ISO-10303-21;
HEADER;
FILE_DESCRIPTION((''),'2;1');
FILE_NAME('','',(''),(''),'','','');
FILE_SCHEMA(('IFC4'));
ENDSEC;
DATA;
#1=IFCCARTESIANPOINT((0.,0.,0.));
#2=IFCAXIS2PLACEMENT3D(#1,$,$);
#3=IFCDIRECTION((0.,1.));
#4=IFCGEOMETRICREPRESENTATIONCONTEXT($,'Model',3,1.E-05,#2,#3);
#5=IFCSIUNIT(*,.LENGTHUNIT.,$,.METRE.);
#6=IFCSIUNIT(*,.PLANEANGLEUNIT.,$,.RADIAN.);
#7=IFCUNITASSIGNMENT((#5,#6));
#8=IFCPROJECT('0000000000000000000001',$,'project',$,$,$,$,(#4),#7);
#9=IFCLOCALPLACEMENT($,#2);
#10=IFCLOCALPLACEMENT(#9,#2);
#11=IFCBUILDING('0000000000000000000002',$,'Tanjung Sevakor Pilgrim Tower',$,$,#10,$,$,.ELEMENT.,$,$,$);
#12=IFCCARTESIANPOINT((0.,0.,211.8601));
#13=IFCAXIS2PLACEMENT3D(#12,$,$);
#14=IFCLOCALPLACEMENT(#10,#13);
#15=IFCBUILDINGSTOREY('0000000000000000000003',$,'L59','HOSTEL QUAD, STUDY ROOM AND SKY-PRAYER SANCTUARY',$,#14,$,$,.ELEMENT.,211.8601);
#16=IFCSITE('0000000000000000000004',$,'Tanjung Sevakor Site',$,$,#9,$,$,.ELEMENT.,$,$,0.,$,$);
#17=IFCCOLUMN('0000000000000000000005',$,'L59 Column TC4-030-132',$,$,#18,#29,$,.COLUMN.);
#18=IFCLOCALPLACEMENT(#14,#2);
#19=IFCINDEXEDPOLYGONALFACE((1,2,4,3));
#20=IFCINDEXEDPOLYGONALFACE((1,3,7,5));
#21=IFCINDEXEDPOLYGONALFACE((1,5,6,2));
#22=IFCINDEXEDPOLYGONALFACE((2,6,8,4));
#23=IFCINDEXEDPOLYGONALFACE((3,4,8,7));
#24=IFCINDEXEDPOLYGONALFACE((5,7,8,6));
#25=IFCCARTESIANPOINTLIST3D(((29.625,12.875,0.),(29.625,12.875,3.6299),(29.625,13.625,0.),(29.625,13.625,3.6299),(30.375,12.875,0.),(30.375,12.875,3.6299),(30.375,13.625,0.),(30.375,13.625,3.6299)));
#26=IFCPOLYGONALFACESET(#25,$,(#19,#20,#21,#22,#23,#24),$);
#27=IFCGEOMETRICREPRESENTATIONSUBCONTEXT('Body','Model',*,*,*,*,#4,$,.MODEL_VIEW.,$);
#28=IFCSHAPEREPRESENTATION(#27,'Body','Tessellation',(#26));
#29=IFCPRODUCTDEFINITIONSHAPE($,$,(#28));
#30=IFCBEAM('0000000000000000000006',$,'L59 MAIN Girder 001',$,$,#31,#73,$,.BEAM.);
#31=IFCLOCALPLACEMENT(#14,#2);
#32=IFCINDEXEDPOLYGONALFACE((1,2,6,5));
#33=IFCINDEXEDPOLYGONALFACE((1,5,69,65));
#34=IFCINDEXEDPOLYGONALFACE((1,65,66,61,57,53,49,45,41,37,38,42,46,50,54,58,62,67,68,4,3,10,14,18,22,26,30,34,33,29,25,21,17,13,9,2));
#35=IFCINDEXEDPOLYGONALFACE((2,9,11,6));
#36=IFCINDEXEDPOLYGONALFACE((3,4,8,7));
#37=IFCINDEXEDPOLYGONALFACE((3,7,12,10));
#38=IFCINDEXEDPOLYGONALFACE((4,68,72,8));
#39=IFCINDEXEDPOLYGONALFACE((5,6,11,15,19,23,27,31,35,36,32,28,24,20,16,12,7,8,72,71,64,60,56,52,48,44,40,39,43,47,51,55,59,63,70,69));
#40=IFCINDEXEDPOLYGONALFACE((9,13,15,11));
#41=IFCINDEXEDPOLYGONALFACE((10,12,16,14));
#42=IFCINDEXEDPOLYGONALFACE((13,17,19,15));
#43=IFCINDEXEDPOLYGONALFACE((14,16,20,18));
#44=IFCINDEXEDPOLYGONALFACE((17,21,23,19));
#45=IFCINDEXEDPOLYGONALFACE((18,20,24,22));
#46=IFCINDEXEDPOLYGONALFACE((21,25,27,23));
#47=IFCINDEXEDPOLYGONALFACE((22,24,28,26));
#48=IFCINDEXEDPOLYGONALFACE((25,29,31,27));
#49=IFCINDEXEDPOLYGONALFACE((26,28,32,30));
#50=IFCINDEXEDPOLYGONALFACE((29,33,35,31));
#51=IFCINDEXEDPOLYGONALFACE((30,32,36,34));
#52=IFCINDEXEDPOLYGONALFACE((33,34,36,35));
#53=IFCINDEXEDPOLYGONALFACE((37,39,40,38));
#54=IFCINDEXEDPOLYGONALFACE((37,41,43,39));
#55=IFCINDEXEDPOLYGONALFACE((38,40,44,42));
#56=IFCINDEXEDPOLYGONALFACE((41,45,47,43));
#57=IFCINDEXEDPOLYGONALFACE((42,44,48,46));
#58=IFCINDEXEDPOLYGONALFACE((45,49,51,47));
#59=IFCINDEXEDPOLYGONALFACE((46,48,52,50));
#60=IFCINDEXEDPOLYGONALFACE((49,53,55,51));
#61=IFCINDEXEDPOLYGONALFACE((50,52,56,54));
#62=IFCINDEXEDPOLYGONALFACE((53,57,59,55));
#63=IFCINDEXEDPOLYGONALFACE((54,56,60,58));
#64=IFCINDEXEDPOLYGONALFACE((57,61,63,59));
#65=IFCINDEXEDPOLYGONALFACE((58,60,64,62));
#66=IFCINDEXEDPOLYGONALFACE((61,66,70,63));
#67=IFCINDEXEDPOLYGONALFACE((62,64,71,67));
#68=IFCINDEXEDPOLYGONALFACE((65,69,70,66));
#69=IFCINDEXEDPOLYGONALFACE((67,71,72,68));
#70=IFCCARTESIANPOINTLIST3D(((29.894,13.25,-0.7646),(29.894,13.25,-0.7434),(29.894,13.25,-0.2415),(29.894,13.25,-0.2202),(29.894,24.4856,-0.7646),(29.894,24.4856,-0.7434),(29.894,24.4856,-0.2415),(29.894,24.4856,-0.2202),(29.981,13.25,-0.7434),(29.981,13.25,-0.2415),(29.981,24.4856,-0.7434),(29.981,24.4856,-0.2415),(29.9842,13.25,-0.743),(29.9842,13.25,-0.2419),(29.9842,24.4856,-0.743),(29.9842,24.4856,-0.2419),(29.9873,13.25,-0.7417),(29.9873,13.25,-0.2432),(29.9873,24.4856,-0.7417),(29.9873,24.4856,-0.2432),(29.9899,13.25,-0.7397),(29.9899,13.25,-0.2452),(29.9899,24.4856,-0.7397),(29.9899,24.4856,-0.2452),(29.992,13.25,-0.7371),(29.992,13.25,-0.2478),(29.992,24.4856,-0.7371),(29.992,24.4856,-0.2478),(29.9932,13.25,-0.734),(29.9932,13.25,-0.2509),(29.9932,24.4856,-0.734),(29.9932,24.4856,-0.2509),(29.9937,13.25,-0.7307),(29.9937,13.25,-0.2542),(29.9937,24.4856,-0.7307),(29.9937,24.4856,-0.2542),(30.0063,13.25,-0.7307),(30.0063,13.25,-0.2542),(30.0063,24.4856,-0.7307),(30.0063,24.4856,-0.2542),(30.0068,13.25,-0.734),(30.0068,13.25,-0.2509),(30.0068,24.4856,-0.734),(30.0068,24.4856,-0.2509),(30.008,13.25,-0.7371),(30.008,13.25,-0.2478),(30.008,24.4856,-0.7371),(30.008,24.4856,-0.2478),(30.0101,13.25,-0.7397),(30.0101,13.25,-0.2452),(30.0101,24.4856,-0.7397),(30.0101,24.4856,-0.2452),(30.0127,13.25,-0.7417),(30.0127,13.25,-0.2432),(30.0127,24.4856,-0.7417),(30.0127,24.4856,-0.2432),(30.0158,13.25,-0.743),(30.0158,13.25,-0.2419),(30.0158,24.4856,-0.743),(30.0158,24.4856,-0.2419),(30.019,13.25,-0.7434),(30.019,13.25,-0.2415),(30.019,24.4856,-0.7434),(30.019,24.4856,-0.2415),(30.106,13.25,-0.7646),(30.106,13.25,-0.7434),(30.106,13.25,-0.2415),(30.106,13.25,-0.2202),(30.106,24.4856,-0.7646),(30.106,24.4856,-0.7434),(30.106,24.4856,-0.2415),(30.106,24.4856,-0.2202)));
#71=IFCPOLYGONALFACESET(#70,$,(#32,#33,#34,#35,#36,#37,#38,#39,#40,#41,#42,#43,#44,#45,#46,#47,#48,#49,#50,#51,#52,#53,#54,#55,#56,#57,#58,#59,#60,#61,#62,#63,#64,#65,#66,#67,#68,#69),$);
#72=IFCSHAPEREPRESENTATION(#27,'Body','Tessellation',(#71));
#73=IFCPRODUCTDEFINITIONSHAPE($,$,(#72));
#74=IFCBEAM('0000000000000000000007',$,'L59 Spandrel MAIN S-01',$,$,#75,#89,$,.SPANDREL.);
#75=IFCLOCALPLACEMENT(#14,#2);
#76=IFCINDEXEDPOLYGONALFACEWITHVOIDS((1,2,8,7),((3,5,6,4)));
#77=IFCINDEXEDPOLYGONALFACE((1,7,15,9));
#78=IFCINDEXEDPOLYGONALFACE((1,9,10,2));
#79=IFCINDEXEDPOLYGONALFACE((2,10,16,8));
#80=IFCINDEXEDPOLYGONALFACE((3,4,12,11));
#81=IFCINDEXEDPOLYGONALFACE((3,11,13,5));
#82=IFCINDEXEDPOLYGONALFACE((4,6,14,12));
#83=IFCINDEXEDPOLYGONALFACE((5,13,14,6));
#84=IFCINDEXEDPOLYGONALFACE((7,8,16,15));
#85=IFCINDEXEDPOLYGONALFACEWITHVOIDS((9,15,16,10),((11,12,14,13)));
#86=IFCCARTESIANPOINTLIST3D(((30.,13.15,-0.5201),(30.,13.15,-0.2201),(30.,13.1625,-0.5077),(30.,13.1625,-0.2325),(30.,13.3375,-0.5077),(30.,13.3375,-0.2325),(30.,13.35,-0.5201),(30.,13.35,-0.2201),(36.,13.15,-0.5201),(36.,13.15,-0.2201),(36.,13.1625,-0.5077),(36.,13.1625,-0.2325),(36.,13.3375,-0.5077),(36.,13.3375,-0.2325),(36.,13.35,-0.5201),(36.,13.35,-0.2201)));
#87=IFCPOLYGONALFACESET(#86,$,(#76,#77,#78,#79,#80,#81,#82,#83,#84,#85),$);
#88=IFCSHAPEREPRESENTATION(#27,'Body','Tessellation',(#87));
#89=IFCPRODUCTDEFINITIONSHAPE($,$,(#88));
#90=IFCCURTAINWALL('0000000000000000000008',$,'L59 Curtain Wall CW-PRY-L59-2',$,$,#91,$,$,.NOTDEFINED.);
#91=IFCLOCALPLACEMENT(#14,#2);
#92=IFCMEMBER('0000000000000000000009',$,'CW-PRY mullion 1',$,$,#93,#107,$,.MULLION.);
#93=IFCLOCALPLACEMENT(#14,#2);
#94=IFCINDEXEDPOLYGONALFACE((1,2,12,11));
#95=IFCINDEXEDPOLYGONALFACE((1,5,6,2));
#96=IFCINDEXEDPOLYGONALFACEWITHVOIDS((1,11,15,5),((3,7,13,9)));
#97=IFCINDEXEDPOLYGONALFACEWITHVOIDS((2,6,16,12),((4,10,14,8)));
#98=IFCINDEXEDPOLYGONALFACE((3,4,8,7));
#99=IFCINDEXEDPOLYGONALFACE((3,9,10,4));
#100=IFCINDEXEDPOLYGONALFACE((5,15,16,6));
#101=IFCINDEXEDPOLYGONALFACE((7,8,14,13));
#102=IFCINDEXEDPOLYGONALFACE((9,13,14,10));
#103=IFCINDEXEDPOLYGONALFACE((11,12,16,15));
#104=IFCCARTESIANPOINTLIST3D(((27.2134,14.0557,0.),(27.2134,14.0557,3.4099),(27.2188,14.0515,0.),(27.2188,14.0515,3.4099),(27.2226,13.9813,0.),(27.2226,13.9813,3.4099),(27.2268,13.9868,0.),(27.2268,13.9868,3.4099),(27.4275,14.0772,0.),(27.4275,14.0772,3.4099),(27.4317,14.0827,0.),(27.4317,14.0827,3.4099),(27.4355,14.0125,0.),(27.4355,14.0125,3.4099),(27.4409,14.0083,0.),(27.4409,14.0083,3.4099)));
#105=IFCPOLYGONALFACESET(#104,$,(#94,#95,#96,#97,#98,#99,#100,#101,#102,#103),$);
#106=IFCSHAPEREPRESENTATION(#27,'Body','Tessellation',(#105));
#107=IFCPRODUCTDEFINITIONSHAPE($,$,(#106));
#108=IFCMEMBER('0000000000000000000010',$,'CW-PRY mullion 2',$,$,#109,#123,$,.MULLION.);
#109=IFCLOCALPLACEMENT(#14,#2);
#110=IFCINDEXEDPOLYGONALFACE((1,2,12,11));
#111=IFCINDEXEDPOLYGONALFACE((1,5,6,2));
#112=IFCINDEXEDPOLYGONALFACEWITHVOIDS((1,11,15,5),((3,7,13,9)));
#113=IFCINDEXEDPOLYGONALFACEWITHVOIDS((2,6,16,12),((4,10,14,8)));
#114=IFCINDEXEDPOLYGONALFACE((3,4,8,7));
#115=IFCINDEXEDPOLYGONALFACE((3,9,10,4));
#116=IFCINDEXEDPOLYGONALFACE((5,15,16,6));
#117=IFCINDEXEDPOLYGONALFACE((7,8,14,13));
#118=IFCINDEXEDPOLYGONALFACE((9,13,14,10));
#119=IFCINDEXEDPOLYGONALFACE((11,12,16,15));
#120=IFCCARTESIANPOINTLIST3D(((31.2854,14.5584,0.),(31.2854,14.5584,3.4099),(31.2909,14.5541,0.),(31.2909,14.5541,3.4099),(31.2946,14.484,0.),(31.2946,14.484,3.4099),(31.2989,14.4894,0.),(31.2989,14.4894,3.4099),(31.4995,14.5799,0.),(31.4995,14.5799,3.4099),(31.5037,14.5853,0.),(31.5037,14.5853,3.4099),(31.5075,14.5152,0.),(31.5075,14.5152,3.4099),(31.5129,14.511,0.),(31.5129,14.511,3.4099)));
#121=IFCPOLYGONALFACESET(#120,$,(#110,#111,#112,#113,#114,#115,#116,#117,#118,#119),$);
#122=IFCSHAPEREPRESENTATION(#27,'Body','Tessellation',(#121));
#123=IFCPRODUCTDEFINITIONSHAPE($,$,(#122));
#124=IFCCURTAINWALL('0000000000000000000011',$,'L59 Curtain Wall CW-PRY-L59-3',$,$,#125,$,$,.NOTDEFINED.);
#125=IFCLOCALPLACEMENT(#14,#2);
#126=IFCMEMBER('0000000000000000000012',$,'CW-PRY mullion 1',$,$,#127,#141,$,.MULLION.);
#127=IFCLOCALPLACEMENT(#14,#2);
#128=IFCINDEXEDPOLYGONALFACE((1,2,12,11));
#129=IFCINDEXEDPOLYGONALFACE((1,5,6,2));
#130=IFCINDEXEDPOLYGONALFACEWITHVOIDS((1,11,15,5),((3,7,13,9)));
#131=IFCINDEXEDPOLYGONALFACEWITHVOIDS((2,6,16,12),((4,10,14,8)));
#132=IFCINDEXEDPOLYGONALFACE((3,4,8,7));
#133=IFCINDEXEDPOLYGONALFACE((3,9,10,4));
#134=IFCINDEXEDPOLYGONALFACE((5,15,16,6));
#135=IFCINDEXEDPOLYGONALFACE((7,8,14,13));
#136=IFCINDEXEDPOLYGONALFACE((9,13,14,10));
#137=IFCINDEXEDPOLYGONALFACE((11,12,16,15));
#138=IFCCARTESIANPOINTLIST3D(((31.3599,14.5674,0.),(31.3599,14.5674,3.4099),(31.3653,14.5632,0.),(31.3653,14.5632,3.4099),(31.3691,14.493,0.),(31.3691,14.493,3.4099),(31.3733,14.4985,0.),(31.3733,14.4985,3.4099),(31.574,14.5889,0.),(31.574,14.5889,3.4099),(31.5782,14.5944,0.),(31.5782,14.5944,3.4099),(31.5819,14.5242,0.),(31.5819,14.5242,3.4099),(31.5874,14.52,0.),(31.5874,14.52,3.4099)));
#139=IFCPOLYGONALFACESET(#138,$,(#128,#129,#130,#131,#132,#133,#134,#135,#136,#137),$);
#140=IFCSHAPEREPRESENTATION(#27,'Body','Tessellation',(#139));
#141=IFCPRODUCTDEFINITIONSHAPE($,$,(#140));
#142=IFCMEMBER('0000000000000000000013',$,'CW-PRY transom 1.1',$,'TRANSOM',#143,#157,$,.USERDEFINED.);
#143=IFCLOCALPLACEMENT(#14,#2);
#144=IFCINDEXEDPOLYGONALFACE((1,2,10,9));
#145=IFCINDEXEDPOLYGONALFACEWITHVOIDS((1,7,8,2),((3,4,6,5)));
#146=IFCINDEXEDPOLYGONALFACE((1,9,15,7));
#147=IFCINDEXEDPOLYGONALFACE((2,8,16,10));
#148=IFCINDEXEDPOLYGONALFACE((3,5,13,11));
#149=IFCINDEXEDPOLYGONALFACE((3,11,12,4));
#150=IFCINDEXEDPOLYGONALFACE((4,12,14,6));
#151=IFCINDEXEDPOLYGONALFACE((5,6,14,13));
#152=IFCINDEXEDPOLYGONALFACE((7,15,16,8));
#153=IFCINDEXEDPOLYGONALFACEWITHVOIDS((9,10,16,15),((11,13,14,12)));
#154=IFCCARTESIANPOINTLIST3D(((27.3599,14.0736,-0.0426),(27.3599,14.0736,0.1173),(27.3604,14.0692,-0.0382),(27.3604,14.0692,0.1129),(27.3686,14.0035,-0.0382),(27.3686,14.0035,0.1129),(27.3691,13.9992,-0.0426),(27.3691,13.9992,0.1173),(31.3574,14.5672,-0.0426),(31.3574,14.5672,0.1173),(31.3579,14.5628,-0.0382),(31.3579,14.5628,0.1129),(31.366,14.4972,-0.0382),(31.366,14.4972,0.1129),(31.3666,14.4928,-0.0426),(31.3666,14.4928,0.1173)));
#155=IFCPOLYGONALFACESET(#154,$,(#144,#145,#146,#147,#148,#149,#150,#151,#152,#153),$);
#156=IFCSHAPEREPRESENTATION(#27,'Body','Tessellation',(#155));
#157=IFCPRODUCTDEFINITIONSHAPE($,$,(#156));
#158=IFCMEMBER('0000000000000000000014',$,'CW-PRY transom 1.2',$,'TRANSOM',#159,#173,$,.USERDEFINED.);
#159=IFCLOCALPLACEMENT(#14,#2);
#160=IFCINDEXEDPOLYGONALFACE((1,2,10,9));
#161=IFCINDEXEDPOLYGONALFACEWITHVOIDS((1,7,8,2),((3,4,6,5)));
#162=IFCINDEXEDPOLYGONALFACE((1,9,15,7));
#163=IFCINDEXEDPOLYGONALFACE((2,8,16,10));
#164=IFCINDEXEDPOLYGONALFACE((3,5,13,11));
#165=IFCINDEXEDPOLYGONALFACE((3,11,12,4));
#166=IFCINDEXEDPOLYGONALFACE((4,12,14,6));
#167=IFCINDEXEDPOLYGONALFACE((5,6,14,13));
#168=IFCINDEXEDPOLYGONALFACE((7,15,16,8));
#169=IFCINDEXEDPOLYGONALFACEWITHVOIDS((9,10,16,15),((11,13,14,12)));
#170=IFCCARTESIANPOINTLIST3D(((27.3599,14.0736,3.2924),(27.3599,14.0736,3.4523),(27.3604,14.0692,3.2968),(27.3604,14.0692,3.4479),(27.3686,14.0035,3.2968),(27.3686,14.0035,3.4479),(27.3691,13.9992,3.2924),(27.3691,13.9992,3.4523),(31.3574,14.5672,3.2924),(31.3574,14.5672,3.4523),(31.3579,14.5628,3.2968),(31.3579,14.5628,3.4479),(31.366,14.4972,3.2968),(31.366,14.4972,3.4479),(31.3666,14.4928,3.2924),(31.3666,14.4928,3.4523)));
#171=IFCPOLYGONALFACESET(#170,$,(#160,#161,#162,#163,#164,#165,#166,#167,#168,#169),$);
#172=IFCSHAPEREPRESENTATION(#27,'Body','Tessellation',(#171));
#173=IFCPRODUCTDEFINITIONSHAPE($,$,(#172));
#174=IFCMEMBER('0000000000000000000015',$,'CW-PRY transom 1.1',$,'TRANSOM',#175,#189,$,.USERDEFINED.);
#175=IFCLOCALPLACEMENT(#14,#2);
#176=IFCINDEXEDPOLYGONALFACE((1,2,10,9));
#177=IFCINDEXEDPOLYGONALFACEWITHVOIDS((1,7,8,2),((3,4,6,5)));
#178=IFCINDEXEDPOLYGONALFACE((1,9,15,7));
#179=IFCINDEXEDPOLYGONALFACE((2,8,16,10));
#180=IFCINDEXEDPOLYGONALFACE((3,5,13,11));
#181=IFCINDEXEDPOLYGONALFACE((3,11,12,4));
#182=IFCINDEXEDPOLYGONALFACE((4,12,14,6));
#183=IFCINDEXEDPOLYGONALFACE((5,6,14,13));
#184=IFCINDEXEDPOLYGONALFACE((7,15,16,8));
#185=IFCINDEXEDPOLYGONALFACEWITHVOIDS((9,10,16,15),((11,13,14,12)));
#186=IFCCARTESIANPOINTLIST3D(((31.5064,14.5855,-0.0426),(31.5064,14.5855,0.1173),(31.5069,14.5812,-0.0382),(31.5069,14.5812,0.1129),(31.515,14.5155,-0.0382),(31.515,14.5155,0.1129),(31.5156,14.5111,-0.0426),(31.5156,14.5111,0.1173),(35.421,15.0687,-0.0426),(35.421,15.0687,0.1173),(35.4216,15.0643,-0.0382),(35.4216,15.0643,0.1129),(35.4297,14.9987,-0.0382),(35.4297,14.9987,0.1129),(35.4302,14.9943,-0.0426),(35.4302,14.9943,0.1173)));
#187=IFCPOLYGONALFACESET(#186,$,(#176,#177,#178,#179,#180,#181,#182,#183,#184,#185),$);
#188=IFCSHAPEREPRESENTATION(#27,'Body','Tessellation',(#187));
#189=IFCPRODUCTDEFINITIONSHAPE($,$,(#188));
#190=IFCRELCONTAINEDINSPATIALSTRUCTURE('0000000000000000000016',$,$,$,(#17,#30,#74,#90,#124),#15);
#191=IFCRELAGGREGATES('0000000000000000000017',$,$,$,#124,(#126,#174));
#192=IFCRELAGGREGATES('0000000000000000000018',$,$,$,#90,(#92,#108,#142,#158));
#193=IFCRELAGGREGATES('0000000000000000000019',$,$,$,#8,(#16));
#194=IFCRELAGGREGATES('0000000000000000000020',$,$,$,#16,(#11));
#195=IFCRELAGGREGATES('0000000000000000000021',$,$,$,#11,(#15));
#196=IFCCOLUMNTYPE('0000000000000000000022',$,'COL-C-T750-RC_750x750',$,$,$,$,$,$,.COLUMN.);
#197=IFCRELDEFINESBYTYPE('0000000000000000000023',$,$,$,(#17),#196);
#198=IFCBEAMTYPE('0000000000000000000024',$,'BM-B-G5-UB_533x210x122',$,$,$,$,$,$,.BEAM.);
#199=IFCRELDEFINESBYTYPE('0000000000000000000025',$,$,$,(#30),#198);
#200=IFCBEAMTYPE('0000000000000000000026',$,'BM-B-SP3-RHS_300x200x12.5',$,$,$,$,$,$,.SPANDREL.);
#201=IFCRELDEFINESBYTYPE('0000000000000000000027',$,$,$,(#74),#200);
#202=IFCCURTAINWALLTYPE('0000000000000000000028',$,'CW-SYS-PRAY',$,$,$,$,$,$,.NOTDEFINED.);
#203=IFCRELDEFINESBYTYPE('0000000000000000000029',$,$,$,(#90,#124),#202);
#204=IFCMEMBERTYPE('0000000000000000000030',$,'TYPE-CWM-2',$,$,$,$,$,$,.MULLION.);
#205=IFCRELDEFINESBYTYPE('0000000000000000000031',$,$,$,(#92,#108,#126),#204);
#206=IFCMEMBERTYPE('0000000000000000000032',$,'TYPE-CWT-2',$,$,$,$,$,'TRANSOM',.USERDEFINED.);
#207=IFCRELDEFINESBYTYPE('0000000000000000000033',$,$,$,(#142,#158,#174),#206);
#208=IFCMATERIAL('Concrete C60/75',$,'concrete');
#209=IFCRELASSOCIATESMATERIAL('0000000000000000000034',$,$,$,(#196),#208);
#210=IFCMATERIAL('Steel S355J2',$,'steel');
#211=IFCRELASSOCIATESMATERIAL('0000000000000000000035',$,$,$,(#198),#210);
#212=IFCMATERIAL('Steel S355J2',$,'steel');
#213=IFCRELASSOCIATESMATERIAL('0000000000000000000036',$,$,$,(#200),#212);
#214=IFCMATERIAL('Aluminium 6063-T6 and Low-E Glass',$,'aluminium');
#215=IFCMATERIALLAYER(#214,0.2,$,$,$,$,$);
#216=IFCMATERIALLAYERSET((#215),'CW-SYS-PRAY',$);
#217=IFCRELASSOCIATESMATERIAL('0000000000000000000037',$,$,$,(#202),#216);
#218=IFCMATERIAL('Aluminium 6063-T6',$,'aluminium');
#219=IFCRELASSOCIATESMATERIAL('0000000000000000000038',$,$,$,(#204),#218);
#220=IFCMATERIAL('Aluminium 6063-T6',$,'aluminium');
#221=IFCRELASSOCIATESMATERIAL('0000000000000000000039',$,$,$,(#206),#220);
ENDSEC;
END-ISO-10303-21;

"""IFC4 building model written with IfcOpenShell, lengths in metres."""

from ifc_helpers import new_model, si_unit, direction, frame, origin, origin_2d, place, context, subcontext, project, spatial, rectangle, hollow_rectangle, i_section, extrude, material, layer, layer_set, material_profile, profile_set, type_object, element, aggregate, save


model = new_model("IFC4")

# Units and contexts
model_context = context("Model", 3, precision=1e-05, world=origin(), true_north=direction((0.0, 1.0)))
body_context = subcontext(model_context, "Body", "Model", "MODEL_VIEW")
ifc_project = project(units=[si_unit("LENGTHUNIT", "METRE"), si_unit("PLANEANGLEUNIT", "RADIAN")], contexts=[model_context])

# Site, building, storey
site_placement = place(None, origin())
site = spatial("IfcSite", under=ifc_project, at=site_placement, Name="Tanjung Sevakor Site", CompositionType="ELEMENT", RefElevation=0.0)
building_placement = place(site_placement, origin())
building = spatial("IfcBuilding", under=site, at=building_placement, Name="Tanjung Sevakor Pilgrim Tower", CompositionType="ELEMENT")
storey_placement = place(building_placement, frame((0.0, 0.0, 211.8601)))
storey = spatial("IfcBuildingStorey", under=building, at=storey_placement, Name="L59", Description="HOSTEL QUAD, STUDY ROOM AND SKY-PRAYER SANCTUARY", CompositionType="ELEMENT", Elevation=211.8601)

# Column
ifc_material_1 = material(Name="Concrete C60/75", Category="concrete")
ifc_material_profile_1 = material_profile(ifc_material_1, rectangle(XDim=0.75, YDim=0.75, at=origin_2d()))
ifc_profile_set_1 = profile_set([ifc_material_profile_1], Name="Concrete C60/75")
column_type = type_object("IfcColumnType", Name="COL-C-T750-RC_750x750", PredefinedType="COLUMN", material=ifc_profile_set_1)
column_placement = place(storey_placement, frame((30.0, 13.25, 0.0), z_axis=(0.0, 0.0, 1.0), x_axis=(1.0, 0.0, 0.0)))
element("IfcColumn", 1, at=column_placement, inside=storey, type_object=column_type, Name="L59 Column TC4-030-132", PredefinedType="COLUMN", context=body_context, shape_type="SweptSolid", body=[
    extrude(rectangle(XDim=0.75, YDim=0.75, at=origin_2d()), origin(), (0.0, 0.0, 1.0), 3.6299),
])

# Beams
ifc_material_2 = material(Name="Steel S355J2", Category="steel")
ifc_material_profile_2 = material_profile(ifc_material_2, i_section(OverallWidth=0.2119, OverallDepth=0.5444, WebThickness=0.0127, FlangeThickness=0.0212, FilletRadius=0.0127, at=origin_2d()))
ifc_profile_set_2 = profile_set([ifc_material_profile_2], Name="Steel S355J2")
beam_type_1 = type_object("IfcBeamType", Name="BM-B-G5-UB_533x210x122", PredefinedType="BEAM", material=ifc_profile_set_2)
beam_1_placement = place(storey_placement, frame((30.0, 13.25, -0.4924), z_axis=(0.0, 1.0, 0.0), x_axis=(-1.0, 0.0, 0.0)))
element("IfcBeam", 2, at=beam_1_placement, inside=storey, type_object=beam_type_1, Name="L59 MAIN Girder 001", PredefinedType="BEAM", context=body_context, shape_type="SweptSolid", body=[
    extrude(i_section(OverallWidth=0.2119, OverallDepth=0.5444, WebThickness=0.0127, FlangeThickness=0.0212, FilletRadius=0.0127, at=origin_2d()), origin(), (0.0, 0.0, 1.0), 11.2356),
])
ifc_material_3 = material(Name="Steel S355J2", Category="steel")
ifc_material_profile_3 = material_profile(ifc_material_3, hollow_rectangle(XDim=0.2, YDim=0.3, WallThickness=0.0125, at=origin_2d()))
ifc_profile_set_3 = profile_set([ifc_material_profile_3], Name="Steel S355J2")
beam_type_2 = type_object("IfcBeamType", Name="BM-B-SP3-RHS_300x200x12.5", PredefinedType="SPANDREL", material=ifc_profile_set_3)
beam_2_placement = place(storey_placement, frame((30.0, 13.25, -0.3701), z_axis=(1.0, 0.0, 0.0), x_axis=(0.0, 1.0, 0.0)))
element("IfcBeam", 3, at=beam_2_placement, inside=storey, type_object=beam_type_2, Name="L59 Spandrel MAIN S-01", PredefinedType="SPANDREL", context=body_context, shape_type="SweptSolid", body=[
    extrude(hollow_rectangle(XDim=0.2, YDim=0.3, WallThickness=0.0125, at=origin_2d()), origin(), (0.0, 0.0, 1.0), 6.0),
])

# Curtain wall, members
ifc_material_4 = material(Name="Aluminium 6063-T6 and Low-E Glass", Category="aluminium")
ifc_layer_1 = layer(ifc_material_4, 0.2)
ifc_layer_set_1 = layer_set([ifc_layer_1], Name="CW-SYS-PRAY")
curtain_wall_type = type_object("IfcCurtainWallType", Name="CW-SYS-PRAY", PredefinedType="NOTDEFINED", material=ifc_layer_set_1)
curtain_wall_1_placement = place(storey_placement, origin())
curtain_wall_1 = element("IfcCurtainWall", 4, at=curtain_wall_1_placement, inside=storey, type_object=curtain_wall_type, Name="L59 Curtain Wall CW-PRY-L59-2", PredefinedType="NOTDEFINED")
ifc_material_5 = material(Name="Aluminium 6063-T6", Category="aluminium")
ifc_material_profile_4 = material_profile(ifc_material_5, hollow_rectangle(XDim=0.075, YDim=0.22, WallThickness=0.0049, at=origin_2d()))
ifc_profile_set_4 = profile_set([ifc_material_profile_4], Name="Aluminium 6063-T6")
member_type_1 = type_object("IfcMemberType", Name="TYPE-CWM-2", PredefinedType="MULLION", material=ifc_profile_set_4)
member_1_placement = place(storey_placement, frame((27.3271, 14.032, 0.0), z_axis=(0.0, 0.0, 1.0), x_axis=(-0.122523, 0.992466, 0.0)))
member_1 = element("IfcMember", 5, at=member_1_placement, type_object=member_type_1, Name="CW-PRY mullion 1", PredefinedType="MULLION", context=body_context, shape_type="SweptSolid", body=[
    extrude(hollow_rectangle(XDim=0.075, YDim=0.22, WallThickness=0.0049, at=origin_2d()), origin(), (0.0, 0.0, 1.0), 3.4099),
])
member_2_placement = place(storey_placement, frame((31.3992, 14.5347, 0.0), z_axis=(0.0, 0.0, 1.0), x_axis=(-0.122523, 0.992466, 0.0)))
member_2 = element("IfcMember", 6, at=member_2_placement, type_object=member_type_1, Name="CW-PRY mullion 2", PredefinedType="MULLION", context=body_context, shape_type="SweptSolid", body=[
    extrude(hollow_rectangle(XDim=0.075, YDim=0.22, WallThickness=0.0049, at=origin_2d()), origin(), (0.0, 0.0, 1.0), 3.4099),
])

# Curtain wall, member
curtain_wall_2_placement = place(storey_placement, origin())
curtain_wall_2 = element("IfcCurtainWall", 7, at=curtain_wall_2_placement, inside=storey, type_object=curtain_wall_type, Name="L59 Curtain Wall CW-PRY-L59-3", PredefinedType="NOTDEFINED")
member_3_placement = place(storey_placement, frame((31.4736, 14.5437, 0.0), z_axis=(0.0, 0.0, 1.0), x_axis=(-0.122511, 0.992467, 0.0)))
member_3 = element("IfcMember", 8, at=member_3_placement, type_object=member_type_1, Name="CW-PRY mullion 1", PredefinedType="MULLION", context=body_context, shape_type="SweptSolid", body=[
    extrude(hollow_rectangle(XDim=0.075, YDim=0.22, WallThickness=0.0049, at=origin_2d()), origin(), (0.0, 0.0, 1.0), 3.4099),
])

# Members
ifc_material_6 = material(Name="Aluminium 6063-T6", Category="aluminium")
ifc_material_profile_5 = material_profile(ifc_material_6, hollow_rectangle(XDim=0.075, YDim=0.1599, WallThickness=0.0044, at=origin_2d()))
ifc_profile_set_5 = profile_set([ifc_material_profile_5], Name="Aluminium 6063-T6")
member_type_2 = type_object("IfcMemberType", Name="TYPE-CWT-2", ElementType="TRANSOM", PredefinedType="USERDEFINED", material=ifc_profile_set_5)
member_4_placement = place(storey_placement, frame((27.3645, 14.0364, 0.0374), z_axis=(0.992461, 0.122558, 0.0), x_axis=(-0.122558, 0.992461, 0.0)))
member_4 = element("IfcMember", 9, at=member_4_placement, type_object=member_type_2, Name="CW-PRY transom 1.1", ObjectType="TRANSOM", PredefinedType="USERDEFINED", context=body_context, shape_type="SweptSolid", body=[
    extrude(hollow_rectangle(XDim=0.075, YDim=0.1599, WallThickness=0.0044, at=origin_2d()), origin(), (0.0, 0.0, 1.0), 4.0278),
])
member_5_placement = place(storey_placement, frame((27.3645, 14.0364, 3.3723), z_axis=(0.992461, 0.122558, 0.0), x_axis=(-0.122558, 0.992461, 0.0)))
member_5 = element("IfcMember", 10, at=member_5_placement, type_object=member_type_2, Name="CW-PRY transom 1.2", ObjectType="TRANSOM", PredefinedType="USERDEFINED", context=body_context, shape_type="SweptSolid", body=[
    extrude(hollow_rectangle(XDim=0.075, YDim=0.1599, WallThickness=0.0044, at=origin_2d()), origin(), (0.0, 0.0, 1.0), 4.0278),
])
member_6_placement = place(storey_placement, frame((31.511, 14.5483, 0.0374), z_axis=(0.992469, 0.122496, 0.0), x_axis=(-0.122496, 0.992469, 0.0)))
member_6 = element("IfcMember", 11, at=member_6_placement, type_object=member_type_2, Name="CW-PRY transom 1.1", ObjectType="TRANSOM", PredefinedType="USERDEFINED", context=body_context, shape_type="SweptSolid", body=[
    extrude(hollow_rectangle(XDim=0.075, YDim=0.1599, WallThickness=0.0044, at=origin_2d()), origin(), (0.0, 0.0, 1.0), 3.9443),
])
aggregate(curtain_wall_2, [member_3, member_6])

aggregate(curtain_wall_1, [member_1, member_2, member_4, member_5])

save(model, "model.ifc")
